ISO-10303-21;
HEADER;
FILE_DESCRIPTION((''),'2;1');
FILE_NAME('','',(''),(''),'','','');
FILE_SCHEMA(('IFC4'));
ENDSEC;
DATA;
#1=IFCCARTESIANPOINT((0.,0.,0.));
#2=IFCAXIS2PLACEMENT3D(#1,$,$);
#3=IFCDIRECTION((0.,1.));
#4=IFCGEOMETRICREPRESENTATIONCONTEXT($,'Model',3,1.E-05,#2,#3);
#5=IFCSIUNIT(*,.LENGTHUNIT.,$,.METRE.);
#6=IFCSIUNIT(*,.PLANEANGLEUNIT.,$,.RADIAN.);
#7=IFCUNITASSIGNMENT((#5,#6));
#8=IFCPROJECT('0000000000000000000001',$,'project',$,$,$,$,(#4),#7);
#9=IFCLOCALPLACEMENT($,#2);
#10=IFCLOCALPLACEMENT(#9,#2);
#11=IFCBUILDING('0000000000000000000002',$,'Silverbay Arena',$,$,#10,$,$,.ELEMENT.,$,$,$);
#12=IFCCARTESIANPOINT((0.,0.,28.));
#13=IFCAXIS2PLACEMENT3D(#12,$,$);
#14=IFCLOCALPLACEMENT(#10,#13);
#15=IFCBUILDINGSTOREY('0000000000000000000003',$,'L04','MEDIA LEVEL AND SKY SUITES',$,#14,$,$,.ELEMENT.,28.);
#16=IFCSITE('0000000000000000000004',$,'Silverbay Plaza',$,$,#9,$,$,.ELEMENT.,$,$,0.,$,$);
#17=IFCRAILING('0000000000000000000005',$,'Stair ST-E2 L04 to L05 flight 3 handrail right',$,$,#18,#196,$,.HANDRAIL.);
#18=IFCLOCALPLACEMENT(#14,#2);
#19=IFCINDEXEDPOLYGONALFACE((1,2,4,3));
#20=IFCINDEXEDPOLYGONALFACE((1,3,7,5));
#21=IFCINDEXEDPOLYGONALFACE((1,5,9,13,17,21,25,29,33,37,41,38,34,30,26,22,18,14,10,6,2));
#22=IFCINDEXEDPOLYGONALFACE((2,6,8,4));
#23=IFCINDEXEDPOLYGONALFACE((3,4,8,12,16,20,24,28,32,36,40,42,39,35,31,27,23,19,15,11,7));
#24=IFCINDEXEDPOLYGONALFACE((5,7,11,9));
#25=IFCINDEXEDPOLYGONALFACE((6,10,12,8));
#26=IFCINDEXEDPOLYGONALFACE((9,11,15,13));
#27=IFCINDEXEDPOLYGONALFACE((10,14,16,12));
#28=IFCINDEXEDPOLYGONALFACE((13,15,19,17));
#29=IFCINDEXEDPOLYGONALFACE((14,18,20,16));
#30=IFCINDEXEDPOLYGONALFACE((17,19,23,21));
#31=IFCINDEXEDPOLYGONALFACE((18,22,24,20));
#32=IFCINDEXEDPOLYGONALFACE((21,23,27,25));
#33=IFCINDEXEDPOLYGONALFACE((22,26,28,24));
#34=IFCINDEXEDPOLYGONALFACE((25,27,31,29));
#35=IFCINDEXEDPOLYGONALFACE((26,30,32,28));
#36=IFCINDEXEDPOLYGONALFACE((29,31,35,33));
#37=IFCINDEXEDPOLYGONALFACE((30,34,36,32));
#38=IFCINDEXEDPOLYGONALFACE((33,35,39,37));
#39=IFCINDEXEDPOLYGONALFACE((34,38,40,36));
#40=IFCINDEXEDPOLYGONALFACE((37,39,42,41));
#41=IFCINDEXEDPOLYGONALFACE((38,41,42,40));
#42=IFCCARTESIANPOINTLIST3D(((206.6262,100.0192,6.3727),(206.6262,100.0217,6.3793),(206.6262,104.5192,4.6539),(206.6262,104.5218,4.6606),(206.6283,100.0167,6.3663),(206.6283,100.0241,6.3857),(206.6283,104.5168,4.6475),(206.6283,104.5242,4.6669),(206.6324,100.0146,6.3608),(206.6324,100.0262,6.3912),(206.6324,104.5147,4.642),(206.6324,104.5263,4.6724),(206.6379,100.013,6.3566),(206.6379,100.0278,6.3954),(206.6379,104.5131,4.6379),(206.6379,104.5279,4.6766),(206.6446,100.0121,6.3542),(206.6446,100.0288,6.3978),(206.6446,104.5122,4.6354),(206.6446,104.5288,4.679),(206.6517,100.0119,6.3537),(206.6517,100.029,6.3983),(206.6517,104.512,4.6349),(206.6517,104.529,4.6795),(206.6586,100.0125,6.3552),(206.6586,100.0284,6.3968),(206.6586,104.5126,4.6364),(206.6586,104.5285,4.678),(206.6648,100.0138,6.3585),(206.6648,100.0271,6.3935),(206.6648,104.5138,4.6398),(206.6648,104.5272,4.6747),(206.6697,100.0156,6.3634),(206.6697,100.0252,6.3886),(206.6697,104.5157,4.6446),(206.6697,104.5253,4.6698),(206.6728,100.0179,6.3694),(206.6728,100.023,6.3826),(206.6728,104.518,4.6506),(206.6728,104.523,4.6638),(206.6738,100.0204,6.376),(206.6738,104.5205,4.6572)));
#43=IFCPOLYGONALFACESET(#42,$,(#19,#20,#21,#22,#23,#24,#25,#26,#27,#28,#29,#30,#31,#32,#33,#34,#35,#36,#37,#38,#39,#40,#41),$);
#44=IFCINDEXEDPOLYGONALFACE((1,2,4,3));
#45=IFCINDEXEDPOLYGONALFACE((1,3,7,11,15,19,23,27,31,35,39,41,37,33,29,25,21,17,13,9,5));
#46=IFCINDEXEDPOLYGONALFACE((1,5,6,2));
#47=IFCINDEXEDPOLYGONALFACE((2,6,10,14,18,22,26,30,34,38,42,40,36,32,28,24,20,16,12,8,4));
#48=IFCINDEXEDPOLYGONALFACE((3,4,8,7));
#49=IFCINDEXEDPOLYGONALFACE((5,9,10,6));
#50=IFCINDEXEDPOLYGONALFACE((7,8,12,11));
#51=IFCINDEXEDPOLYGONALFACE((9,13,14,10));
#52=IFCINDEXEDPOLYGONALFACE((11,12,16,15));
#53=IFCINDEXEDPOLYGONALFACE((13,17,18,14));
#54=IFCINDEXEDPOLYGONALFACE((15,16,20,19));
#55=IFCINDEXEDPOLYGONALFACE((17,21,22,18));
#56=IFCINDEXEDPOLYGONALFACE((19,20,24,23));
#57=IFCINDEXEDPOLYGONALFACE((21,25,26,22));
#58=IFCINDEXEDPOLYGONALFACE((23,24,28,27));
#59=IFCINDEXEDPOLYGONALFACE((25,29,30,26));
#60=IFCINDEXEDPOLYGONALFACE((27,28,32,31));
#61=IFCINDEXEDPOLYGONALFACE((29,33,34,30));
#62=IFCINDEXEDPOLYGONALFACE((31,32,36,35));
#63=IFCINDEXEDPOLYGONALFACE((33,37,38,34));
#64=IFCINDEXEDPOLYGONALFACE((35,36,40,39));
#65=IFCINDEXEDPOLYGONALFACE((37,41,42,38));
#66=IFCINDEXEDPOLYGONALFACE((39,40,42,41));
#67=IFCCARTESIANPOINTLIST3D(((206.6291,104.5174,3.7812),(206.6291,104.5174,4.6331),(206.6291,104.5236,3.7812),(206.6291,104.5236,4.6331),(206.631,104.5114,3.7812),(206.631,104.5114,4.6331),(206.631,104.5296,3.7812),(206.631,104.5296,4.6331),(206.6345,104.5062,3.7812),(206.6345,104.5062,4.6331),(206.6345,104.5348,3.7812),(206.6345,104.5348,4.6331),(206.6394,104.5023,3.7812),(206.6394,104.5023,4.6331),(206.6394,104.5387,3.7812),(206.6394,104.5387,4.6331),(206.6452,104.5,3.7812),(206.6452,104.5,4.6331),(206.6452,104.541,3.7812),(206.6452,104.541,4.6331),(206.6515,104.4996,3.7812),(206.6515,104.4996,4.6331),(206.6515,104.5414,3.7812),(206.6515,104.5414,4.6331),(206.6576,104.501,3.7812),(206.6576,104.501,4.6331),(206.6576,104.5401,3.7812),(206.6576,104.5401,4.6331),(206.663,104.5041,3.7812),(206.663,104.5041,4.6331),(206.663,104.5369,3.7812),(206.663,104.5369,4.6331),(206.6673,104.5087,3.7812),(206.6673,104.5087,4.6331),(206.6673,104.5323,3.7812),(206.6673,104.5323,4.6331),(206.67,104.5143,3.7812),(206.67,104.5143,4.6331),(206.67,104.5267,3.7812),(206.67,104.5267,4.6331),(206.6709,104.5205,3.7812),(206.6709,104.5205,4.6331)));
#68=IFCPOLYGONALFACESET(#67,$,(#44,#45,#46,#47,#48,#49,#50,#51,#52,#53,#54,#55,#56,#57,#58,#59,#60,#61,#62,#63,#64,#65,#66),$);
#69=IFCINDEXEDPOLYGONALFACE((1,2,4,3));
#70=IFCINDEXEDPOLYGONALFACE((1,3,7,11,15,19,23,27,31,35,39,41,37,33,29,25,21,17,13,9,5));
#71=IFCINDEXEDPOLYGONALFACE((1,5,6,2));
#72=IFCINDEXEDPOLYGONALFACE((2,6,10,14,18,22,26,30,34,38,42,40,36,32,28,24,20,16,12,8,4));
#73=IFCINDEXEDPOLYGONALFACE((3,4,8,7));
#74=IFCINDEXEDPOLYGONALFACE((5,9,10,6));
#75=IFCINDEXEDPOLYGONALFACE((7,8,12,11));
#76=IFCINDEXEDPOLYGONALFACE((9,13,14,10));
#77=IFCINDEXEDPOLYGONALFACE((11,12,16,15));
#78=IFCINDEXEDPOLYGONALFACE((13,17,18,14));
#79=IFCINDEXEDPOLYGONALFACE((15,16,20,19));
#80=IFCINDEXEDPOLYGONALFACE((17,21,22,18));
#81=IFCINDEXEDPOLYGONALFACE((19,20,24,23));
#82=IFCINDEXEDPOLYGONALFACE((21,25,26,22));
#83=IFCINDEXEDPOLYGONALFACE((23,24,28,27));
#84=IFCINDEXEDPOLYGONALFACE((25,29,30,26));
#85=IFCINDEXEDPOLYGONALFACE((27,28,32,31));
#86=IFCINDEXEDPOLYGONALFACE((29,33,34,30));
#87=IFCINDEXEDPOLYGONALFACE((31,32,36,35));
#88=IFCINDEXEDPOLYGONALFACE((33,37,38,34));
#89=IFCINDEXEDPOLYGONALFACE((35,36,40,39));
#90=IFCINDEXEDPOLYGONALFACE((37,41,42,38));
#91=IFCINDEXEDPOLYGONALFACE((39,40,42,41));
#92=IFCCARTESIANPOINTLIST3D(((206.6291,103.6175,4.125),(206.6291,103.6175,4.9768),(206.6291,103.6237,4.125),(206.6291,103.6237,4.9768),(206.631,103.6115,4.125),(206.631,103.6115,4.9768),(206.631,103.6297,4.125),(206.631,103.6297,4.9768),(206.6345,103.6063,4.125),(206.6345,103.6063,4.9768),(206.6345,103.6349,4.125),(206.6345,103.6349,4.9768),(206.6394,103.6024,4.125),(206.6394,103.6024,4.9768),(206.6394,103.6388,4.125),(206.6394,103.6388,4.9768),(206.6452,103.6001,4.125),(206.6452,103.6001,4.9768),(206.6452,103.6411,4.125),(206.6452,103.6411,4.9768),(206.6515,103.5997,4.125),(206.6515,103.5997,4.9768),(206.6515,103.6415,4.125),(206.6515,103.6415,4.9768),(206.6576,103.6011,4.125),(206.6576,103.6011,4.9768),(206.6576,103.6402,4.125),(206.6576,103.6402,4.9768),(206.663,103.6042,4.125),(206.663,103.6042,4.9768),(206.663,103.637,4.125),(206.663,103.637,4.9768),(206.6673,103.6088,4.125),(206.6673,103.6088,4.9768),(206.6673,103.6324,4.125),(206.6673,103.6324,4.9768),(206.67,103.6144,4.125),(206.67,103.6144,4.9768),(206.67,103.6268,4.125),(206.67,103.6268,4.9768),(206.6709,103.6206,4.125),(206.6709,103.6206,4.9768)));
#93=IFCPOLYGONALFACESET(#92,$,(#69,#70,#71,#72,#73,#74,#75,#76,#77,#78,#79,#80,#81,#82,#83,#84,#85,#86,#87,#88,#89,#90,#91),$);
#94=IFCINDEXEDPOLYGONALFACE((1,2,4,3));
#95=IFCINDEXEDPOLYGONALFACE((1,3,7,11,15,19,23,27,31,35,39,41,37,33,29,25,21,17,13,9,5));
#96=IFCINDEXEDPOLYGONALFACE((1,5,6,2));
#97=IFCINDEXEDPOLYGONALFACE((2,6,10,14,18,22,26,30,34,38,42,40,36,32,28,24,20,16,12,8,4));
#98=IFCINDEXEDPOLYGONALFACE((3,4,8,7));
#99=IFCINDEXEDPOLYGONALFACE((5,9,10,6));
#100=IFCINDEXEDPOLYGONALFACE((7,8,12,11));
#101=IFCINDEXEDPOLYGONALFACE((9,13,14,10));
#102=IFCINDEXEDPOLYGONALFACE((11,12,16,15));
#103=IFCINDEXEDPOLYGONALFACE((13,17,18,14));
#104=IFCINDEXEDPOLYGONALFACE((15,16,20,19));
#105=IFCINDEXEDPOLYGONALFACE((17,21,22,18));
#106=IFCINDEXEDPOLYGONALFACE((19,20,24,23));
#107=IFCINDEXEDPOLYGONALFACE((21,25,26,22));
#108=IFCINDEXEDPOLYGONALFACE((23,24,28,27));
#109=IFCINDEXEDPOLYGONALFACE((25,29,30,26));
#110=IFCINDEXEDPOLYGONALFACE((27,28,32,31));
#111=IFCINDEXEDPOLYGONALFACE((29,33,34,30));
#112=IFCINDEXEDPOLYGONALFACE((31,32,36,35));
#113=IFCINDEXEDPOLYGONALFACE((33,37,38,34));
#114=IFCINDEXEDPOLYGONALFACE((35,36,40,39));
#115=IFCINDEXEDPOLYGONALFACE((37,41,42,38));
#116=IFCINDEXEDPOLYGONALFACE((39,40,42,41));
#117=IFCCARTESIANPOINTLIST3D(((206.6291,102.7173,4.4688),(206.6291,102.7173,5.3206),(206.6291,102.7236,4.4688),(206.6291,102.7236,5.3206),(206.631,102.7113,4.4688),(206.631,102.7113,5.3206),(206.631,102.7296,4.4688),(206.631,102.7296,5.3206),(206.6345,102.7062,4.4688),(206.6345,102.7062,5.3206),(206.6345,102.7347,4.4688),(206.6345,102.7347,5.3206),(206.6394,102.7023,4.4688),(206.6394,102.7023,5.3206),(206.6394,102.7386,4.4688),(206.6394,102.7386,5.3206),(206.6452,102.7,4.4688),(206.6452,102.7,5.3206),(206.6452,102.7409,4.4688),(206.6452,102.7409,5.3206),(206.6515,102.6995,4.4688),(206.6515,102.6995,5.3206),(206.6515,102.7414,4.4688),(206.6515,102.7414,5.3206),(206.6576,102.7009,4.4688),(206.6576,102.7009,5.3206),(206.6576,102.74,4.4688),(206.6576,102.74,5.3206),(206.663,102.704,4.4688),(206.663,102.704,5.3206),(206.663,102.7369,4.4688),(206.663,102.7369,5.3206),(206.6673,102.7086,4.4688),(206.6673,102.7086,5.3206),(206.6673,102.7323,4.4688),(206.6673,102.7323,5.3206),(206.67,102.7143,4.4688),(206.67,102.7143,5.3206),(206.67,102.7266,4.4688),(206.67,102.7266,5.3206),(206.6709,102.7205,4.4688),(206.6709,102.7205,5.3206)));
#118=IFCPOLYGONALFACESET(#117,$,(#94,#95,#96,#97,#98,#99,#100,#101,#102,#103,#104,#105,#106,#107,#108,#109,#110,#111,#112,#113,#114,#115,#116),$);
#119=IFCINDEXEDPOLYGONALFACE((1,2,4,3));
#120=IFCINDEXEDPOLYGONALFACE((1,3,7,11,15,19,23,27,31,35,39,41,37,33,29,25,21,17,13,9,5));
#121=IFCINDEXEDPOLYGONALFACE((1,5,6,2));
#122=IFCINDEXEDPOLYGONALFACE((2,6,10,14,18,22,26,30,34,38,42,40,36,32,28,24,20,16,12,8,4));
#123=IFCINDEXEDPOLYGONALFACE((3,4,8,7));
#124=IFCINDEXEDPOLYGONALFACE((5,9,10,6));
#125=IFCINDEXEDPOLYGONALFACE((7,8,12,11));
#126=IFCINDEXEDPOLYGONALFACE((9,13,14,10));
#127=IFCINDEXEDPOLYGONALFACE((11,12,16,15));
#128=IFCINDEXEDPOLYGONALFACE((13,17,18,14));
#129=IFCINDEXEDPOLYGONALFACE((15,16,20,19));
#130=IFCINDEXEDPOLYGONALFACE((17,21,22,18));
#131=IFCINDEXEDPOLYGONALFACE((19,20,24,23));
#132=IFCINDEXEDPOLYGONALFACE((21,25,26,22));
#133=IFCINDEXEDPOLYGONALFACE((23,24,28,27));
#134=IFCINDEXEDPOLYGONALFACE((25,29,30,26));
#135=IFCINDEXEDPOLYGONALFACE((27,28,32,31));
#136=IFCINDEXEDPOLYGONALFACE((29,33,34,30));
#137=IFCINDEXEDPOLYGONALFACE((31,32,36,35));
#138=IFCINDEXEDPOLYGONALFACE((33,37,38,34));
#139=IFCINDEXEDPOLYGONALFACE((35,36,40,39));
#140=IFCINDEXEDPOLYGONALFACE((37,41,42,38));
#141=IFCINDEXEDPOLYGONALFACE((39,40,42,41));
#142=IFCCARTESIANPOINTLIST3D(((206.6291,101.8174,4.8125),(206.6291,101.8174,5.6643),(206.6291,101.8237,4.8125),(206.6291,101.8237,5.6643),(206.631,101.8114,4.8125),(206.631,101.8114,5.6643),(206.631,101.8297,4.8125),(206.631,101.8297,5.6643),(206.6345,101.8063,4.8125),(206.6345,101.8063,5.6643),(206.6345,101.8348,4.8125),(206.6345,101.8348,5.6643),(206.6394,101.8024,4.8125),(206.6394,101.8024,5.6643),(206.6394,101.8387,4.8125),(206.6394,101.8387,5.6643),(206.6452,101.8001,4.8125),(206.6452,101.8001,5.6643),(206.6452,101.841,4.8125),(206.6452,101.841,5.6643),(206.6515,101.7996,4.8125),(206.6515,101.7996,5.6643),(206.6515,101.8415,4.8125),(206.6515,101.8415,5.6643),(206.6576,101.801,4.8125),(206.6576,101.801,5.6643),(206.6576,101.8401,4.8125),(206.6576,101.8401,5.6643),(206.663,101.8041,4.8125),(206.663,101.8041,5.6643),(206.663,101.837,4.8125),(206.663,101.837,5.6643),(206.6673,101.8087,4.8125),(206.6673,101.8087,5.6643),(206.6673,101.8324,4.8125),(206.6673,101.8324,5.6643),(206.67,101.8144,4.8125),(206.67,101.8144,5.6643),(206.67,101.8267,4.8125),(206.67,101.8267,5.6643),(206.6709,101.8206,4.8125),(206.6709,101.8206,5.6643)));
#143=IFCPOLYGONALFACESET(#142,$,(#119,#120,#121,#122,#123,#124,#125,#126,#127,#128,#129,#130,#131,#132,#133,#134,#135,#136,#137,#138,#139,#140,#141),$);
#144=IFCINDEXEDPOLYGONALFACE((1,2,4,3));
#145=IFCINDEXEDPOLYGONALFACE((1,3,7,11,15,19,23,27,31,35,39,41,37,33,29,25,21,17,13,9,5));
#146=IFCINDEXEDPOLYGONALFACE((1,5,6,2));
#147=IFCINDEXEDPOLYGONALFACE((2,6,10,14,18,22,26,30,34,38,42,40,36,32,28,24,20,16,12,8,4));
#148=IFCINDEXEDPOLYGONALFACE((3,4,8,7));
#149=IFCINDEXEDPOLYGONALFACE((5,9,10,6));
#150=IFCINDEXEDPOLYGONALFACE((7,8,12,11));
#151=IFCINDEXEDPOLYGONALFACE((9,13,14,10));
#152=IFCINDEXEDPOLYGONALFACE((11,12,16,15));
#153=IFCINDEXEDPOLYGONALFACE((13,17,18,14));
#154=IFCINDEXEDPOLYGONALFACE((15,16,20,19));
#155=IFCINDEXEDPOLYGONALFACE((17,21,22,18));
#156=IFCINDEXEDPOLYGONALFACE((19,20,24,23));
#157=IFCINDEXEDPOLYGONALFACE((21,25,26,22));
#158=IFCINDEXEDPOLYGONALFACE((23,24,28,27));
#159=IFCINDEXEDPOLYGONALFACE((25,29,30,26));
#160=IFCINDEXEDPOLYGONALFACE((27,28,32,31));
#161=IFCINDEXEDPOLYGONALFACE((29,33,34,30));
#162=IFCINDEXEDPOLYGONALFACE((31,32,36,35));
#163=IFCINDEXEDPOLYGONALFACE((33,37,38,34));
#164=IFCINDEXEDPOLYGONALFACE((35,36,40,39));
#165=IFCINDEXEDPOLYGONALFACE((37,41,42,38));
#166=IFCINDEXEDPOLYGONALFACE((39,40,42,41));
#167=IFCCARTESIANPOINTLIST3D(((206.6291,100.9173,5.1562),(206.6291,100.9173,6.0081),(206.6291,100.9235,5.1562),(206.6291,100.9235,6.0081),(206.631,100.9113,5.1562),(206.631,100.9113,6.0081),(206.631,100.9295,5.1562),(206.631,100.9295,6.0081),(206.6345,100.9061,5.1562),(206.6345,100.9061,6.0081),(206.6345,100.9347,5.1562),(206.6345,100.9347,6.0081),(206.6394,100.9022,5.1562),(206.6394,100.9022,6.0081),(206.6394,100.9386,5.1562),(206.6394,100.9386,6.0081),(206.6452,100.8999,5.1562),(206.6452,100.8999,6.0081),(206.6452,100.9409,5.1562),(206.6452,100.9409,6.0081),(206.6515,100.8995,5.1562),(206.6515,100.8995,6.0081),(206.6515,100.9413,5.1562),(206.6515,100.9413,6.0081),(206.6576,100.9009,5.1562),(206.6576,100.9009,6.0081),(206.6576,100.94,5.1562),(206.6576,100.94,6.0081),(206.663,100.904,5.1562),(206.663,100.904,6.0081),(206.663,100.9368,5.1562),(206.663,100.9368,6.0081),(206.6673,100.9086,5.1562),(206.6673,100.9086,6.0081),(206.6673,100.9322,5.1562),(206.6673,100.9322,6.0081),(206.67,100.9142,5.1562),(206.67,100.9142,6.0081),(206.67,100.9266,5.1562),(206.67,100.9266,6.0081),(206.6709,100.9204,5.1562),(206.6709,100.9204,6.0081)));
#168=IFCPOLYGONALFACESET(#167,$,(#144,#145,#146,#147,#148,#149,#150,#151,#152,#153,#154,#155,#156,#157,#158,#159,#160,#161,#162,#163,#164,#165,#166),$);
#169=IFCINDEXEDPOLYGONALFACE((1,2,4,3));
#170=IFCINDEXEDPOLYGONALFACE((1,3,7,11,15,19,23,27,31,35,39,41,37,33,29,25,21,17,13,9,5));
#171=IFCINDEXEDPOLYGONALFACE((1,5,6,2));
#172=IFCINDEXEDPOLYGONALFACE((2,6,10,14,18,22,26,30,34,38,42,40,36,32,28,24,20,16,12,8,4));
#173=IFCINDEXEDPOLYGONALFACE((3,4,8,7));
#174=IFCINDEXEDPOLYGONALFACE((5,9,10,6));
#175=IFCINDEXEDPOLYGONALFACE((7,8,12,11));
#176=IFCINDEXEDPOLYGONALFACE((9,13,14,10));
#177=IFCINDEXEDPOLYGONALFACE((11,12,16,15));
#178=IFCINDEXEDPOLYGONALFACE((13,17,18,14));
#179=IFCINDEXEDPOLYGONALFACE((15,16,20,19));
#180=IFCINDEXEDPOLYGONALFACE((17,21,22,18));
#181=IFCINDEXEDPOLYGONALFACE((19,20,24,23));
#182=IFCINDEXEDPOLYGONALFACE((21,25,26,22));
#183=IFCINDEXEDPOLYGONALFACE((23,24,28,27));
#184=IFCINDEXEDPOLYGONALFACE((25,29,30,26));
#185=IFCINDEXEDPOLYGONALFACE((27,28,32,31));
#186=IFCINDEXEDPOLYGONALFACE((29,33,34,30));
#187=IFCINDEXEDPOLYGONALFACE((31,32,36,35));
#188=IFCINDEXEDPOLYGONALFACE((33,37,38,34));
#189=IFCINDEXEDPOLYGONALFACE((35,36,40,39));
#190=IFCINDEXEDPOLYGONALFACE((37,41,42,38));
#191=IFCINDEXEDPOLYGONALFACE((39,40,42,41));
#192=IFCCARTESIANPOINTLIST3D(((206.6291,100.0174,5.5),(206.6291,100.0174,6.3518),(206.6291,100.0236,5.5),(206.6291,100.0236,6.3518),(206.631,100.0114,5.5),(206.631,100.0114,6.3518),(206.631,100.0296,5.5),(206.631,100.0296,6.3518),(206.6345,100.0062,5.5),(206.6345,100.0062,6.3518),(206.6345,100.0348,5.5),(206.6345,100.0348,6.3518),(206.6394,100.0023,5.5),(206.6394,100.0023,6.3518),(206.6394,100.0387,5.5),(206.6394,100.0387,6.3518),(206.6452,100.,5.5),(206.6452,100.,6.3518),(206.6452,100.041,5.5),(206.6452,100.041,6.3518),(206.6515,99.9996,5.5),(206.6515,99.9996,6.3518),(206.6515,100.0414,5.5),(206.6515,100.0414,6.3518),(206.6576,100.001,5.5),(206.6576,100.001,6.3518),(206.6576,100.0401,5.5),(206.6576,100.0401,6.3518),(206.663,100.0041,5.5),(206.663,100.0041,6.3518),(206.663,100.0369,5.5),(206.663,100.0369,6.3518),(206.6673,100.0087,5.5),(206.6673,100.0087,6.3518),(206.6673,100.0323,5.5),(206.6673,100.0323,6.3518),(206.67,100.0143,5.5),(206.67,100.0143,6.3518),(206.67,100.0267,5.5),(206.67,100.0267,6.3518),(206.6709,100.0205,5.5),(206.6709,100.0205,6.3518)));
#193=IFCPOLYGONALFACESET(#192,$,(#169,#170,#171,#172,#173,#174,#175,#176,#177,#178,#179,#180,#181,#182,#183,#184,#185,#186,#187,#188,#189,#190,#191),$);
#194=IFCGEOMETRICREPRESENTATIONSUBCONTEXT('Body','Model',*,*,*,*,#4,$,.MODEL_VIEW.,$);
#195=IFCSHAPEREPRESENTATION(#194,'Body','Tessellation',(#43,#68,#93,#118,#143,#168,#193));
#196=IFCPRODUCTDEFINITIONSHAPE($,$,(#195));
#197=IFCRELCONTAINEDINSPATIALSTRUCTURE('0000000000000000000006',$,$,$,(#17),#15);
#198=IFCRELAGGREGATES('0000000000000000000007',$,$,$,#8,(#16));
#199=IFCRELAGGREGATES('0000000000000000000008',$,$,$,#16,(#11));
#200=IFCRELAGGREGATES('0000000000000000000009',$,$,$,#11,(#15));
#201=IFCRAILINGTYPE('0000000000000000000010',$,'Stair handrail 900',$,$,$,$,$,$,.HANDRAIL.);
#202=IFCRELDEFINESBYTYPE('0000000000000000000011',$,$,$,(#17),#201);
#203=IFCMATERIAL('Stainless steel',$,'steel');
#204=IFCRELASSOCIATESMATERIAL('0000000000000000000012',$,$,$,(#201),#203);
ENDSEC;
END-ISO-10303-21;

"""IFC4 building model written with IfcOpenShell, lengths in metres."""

from ifc_helpers import new_model, si_unit, direction, frame, origin, origin_2d, place, context, subcontext, project, spatial, circle, extrude, material, type_object, element, save


model = new_model("IFC4")

# Units and contexts
model_context = context("Model", 3, precision=1e-05, world=origin(), true_north=direction((0.0, 1.0)))
body_context = subcontext(model_context, "Body", "Model", "MODEL_VIEW")
ifc_project = project(units=[si_unit("LENGTHUNIT", "METRE"), si_unit("PLANEANGLEUNIT", "RADIAN")], contexts=[model_context])

# Site, building, storey
site_placement = place(None, origin())
site = spatial("IfcSite", under=ifc_project, at=site_placement, Name="Silverbay Plaza", CompositionType="ELEMENT", RefElevation=0.0)
building_placement = place(site_placement, origin())
building = spatial("IfcBuilding", under=site, at=building_placement, Name="Silverbay Arena", CompositionType="ELEMENT")
storey_placement = place(building_placement, frame((0.0, 0.0, 28.0)))
storey = spatial("IfcBuildingStorey", under=building, at=storey_placement, Name="L04", Description="MEDIA LEVEL AND SKY SUITES", CompositionType="ELEMENT", Elevation=28.0)

# Railing
ifc_material_1 = material(Name="Stainless steel", Category="steel")
railing_type_1 = type_object("IfcRailingType", Name="Stair handrail 900", PredefinedType="HANDRAIL", material=ifc_material_1)
for number, where, name in (
    (1, (206.6499, 104.5205, 3.7812), "Stair ST-E2 L04 to L05 flight 3 handrail right"),
):
    element("IfcRailing", number, at=place(storey_placement, frame(where)), inside=storey, type_object=railing_type_1, Name=name, PredefinedType="HANDRAIL", context=body_context, shape_type="SweptSolid", body=[
        extrude(circle(Radius=0.0239, at=origin_2d()), frame((0.0, 0.0, 0.876), z_axis=(0.0, -0.934179, 0.356805), x_axis=(1.0, 0.0, 0.0)), (0.0, 0.0, 1.0), 4.8171),
        extrude(circle(Radius=0.021, at=origin_2d()), origin(), (0.0, 0.0, 1.0), 0.8518),
        extrude(circle(Radius=0.021, at=origin_2d()), frame((0.0, -0.8999, 0.3438)), (0.0, 0.0, 1.0), 0.8518),
        extrude(circle(Radius=0.021, at=origin_2d()), frame((0.0, -1.8, 0.6875)), (0.0, 0.0, 1.0), 0.8518),
        extrude(circle(Radius=0.021, at=origin_2d()), frame((0.0, -2.7, 1.0312)), (0.0, 0.0, 1.0), 0.8518),
        extrude(circle(Radius=0.021, at=origin_2d()), frame((0.0, -3.6001, 1.375)), (0.0, 0.0, 1.0), 0.8518),
        extrude(circle(Radius=0.021, at=origin_2d()), frame((0.0, -4.5, 1.7188)), (0.0, 0.0, 1.0), 0.8518),
    ])

save(model, "model.ifc")
